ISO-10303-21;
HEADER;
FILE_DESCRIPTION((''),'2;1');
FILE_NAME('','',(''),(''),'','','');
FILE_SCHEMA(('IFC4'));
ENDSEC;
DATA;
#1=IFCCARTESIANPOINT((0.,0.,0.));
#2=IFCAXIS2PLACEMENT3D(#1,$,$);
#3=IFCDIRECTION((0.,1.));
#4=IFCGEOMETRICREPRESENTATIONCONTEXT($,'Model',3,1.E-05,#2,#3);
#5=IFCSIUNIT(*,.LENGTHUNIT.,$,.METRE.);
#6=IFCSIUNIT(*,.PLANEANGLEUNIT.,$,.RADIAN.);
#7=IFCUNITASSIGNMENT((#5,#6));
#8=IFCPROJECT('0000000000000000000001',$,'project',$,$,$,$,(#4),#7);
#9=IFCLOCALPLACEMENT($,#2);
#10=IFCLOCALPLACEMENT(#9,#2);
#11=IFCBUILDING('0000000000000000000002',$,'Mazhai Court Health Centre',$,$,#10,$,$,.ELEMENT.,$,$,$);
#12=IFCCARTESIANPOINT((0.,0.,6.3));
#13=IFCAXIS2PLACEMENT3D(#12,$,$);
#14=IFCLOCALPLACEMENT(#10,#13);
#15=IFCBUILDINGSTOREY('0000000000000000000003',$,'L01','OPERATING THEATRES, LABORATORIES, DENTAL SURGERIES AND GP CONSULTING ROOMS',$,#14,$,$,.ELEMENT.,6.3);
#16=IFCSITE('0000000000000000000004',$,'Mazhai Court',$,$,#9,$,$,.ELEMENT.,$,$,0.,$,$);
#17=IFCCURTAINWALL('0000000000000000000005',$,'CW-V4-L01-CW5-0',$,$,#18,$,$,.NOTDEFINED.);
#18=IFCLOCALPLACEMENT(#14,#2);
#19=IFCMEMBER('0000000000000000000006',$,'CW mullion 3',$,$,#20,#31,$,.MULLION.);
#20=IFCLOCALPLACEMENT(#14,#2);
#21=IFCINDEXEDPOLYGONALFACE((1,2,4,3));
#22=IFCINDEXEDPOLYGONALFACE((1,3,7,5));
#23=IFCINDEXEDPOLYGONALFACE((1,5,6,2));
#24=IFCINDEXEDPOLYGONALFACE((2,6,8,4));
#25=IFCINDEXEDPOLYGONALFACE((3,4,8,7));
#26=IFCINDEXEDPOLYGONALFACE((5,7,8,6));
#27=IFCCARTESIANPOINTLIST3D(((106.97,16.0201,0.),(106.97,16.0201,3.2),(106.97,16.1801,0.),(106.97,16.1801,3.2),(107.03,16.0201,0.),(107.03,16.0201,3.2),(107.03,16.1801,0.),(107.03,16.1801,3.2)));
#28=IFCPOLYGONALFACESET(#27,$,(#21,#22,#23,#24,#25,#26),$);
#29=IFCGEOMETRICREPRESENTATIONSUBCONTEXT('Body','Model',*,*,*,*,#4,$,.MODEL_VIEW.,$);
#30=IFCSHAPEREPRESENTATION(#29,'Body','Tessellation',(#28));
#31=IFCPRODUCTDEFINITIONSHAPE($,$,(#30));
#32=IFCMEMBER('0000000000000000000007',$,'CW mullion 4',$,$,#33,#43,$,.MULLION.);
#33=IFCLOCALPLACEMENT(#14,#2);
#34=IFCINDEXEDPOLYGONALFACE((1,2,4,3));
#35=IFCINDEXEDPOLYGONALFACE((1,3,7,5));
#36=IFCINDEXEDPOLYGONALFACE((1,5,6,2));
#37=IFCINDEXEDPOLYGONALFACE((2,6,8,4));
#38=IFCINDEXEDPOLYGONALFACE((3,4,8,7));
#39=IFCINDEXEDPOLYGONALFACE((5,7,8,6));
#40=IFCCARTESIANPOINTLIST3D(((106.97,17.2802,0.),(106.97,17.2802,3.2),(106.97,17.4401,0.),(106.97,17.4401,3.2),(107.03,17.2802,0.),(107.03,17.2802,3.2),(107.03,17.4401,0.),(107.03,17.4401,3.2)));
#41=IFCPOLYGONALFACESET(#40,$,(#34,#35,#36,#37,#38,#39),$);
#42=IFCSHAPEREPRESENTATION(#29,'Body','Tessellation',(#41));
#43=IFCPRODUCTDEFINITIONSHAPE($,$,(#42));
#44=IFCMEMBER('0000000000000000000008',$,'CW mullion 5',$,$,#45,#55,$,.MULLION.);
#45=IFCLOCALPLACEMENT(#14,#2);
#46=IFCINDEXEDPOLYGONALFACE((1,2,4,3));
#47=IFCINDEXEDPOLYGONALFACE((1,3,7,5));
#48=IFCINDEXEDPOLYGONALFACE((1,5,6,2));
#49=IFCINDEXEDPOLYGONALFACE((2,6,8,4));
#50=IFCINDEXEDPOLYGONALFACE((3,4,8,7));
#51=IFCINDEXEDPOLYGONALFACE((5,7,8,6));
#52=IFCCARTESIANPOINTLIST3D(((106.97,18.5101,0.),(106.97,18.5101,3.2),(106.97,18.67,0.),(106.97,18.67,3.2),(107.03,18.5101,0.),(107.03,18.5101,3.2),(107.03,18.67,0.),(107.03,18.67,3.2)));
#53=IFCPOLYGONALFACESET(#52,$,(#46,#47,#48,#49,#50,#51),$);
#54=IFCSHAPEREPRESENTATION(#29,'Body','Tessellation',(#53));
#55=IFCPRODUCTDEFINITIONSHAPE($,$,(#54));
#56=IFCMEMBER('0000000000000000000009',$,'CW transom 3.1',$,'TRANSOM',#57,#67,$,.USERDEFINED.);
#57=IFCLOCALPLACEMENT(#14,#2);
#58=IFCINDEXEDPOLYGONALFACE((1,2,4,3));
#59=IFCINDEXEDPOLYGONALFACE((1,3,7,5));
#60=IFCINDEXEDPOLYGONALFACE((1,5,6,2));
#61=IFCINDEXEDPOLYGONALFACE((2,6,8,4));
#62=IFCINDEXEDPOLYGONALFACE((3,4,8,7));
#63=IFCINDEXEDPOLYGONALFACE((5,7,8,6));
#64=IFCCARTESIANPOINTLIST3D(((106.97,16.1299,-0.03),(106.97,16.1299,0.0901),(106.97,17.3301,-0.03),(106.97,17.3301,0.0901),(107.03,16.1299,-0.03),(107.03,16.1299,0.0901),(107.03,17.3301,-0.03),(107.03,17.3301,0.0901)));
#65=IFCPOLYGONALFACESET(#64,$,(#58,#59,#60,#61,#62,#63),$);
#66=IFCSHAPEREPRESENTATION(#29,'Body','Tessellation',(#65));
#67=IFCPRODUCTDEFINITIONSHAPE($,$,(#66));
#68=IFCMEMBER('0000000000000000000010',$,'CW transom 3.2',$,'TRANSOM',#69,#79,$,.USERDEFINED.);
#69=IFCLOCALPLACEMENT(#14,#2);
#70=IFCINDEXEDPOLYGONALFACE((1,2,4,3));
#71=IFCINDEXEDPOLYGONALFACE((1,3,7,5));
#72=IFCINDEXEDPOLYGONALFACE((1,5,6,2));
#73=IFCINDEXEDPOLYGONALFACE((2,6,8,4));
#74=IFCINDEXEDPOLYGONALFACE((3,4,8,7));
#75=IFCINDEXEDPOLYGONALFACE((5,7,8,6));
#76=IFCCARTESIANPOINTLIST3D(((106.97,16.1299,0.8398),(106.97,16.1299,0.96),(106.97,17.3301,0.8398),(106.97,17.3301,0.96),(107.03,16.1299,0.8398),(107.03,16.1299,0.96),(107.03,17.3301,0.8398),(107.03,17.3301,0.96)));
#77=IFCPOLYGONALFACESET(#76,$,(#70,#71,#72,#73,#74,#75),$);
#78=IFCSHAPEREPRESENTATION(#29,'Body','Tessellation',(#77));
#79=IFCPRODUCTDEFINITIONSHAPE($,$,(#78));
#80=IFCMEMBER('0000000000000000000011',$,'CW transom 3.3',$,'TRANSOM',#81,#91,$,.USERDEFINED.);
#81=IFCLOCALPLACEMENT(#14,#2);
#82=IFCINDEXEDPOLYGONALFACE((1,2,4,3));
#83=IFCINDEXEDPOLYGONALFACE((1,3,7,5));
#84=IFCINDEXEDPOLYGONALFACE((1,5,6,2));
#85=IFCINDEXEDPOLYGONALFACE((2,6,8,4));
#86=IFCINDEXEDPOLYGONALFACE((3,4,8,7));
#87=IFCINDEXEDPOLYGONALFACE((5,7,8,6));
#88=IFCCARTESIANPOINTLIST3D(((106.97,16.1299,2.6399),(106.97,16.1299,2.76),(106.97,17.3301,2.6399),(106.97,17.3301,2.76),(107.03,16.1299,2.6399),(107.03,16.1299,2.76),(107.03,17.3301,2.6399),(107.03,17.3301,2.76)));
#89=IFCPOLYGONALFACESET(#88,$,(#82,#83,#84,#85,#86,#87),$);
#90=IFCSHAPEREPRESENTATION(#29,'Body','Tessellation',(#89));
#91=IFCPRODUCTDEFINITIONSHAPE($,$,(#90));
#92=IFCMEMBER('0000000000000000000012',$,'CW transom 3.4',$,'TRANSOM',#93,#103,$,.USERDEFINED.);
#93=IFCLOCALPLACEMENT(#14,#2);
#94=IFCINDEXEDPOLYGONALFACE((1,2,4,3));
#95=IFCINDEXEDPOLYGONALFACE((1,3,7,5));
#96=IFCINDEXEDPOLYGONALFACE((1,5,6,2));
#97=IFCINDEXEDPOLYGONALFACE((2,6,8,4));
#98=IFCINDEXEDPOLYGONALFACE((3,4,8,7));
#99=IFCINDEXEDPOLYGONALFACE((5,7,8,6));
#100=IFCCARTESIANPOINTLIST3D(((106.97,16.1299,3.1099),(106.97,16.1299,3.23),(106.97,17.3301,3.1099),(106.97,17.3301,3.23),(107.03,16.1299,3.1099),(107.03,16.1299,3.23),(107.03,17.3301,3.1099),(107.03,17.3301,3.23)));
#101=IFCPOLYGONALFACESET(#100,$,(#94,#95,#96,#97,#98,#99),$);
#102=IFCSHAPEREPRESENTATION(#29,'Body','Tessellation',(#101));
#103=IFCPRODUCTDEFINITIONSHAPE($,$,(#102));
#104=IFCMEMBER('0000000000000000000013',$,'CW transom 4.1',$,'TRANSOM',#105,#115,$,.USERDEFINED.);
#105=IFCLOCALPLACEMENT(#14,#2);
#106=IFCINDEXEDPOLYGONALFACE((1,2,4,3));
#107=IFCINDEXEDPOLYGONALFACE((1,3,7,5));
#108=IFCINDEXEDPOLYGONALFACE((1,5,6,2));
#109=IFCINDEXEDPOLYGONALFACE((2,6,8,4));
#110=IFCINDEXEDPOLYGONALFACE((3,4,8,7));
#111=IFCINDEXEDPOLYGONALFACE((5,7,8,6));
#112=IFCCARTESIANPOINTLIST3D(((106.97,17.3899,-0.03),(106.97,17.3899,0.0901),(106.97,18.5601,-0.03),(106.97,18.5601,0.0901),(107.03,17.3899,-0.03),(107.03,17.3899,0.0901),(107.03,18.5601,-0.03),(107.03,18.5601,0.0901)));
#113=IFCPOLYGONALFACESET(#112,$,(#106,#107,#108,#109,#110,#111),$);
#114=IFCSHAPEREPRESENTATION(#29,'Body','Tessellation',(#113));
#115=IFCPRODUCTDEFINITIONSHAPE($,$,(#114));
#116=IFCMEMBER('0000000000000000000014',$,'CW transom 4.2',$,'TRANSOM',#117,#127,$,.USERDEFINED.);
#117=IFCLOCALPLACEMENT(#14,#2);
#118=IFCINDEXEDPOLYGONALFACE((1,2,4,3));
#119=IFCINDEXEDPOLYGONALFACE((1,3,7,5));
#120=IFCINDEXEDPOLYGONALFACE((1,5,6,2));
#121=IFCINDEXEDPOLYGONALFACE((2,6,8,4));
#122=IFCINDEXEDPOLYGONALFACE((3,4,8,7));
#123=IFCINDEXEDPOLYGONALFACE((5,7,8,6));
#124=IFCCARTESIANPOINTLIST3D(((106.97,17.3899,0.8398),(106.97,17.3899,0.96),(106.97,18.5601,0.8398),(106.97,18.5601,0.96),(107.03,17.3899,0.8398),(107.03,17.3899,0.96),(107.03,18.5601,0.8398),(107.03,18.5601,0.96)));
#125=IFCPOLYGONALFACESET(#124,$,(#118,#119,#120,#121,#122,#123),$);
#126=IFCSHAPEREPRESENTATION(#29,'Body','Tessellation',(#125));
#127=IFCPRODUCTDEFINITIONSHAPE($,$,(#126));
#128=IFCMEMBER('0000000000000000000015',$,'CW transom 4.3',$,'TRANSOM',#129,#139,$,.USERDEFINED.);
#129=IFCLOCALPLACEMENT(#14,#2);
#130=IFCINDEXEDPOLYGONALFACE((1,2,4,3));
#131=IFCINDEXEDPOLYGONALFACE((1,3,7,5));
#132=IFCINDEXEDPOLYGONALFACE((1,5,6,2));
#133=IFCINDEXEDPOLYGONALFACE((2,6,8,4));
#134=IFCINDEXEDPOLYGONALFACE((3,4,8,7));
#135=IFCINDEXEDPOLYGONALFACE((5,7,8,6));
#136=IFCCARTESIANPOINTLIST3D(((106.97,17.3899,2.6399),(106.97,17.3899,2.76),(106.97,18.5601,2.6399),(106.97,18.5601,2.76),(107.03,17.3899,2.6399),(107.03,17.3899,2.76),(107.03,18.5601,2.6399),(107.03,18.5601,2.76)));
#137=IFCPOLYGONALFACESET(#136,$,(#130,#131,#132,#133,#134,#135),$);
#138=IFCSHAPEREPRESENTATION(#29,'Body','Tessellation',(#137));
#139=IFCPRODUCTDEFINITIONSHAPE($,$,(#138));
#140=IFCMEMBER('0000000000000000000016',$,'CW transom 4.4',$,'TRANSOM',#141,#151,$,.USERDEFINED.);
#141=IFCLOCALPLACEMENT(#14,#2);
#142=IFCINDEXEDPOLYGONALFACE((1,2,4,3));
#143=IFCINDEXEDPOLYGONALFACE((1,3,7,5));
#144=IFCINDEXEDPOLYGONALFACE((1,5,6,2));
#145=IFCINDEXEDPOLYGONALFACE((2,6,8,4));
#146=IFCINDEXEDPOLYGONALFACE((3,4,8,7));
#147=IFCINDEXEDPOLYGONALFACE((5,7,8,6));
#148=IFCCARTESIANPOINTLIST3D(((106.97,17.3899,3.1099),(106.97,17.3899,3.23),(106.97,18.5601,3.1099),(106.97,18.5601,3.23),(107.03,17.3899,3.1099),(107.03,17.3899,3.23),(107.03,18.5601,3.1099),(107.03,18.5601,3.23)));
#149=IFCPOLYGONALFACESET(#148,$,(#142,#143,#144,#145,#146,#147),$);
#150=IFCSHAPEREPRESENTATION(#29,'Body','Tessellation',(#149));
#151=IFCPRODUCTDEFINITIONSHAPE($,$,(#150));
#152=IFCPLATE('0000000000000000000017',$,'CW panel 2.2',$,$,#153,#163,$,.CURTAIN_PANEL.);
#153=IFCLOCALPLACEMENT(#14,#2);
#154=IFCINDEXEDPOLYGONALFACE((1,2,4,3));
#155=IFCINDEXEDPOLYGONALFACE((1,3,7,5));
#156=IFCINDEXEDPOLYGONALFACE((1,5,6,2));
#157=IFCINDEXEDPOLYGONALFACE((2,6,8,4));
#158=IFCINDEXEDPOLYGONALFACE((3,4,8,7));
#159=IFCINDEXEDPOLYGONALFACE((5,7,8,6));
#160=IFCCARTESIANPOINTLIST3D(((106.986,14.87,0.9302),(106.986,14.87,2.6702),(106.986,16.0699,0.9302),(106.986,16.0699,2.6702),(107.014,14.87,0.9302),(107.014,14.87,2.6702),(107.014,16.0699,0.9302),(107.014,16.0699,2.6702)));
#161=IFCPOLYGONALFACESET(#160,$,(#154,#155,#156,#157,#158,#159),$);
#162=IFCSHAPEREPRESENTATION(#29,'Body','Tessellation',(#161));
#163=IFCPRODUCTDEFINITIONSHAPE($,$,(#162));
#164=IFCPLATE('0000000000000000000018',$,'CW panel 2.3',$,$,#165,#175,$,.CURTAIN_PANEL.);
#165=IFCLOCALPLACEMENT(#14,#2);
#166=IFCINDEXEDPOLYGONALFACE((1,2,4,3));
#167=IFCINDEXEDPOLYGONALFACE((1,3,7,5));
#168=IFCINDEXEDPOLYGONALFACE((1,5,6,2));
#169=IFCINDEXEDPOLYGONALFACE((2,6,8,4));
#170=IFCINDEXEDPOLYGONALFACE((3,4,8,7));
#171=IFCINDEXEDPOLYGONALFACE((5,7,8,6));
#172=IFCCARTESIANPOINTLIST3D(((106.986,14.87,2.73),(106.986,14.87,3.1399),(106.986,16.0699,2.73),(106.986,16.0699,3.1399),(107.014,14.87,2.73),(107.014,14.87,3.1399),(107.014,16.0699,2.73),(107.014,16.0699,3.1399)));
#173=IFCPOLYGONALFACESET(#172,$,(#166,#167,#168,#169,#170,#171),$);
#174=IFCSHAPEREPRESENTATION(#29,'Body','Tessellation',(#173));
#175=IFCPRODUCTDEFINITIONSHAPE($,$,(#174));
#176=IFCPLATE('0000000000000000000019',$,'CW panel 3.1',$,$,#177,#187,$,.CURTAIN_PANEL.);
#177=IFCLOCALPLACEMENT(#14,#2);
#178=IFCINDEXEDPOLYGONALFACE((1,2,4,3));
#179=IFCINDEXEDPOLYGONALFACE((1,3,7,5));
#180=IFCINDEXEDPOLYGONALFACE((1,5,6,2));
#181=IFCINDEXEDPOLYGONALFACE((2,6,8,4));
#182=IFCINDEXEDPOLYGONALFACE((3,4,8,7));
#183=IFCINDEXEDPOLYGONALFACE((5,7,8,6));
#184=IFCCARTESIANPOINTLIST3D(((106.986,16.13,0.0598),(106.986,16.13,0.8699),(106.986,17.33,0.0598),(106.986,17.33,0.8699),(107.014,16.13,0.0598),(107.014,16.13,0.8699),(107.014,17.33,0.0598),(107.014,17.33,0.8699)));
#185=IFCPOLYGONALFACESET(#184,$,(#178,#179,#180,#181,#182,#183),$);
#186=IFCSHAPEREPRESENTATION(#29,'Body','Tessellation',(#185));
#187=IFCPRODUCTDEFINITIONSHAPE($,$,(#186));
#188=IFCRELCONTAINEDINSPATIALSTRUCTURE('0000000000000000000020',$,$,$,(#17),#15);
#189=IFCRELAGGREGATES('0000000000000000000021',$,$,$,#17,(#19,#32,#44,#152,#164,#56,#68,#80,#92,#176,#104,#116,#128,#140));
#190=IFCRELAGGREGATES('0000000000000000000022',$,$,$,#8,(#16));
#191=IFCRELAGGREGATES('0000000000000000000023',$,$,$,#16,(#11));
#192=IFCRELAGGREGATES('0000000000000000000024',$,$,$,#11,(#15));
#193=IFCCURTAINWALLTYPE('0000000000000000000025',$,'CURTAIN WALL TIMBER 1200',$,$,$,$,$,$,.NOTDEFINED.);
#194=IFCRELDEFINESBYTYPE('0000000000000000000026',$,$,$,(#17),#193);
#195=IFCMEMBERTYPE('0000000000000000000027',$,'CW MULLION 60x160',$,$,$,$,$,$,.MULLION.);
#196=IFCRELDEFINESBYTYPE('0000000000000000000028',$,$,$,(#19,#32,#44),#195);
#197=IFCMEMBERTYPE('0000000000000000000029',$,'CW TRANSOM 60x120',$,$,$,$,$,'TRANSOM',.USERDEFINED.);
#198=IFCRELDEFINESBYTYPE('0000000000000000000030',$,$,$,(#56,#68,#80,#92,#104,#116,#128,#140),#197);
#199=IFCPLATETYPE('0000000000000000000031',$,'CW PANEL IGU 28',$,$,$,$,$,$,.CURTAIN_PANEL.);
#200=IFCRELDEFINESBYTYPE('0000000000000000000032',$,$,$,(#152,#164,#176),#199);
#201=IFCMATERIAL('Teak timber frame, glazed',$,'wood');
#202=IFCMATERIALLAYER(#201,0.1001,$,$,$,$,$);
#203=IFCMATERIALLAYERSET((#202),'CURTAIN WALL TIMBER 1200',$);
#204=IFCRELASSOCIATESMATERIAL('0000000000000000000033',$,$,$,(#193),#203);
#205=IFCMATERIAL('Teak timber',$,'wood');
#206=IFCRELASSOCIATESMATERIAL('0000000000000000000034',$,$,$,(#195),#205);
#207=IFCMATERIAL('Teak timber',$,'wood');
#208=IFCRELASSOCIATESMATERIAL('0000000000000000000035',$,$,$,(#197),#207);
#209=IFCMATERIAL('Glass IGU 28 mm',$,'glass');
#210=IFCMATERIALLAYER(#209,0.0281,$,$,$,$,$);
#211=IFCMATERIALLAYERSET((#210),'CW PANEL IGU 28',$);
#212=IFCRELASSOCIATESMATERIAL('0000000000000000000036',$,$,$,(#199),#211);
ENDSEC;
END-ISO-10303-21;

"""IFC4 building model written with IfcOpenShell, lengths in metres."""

from ifc_helpers import new_model, si_unit, direction, frame, origin, origin_2d, place, context, subcontext, project, spatial, rectangle, extrude, material, layer, layer_set, material_profile, profile_set, type_object, element, aggregate, save


model = new_model("IFC4")

# Units and contexts
model_context = context("Model", 3, precision=1e-05, world=origin(), true_north=direction((0.0, 1.0)))
body_context = subcontext(model_context, "Body", "Model", "MODEL_VIEW")
ifc_project = project(units=[si_unit("LENGTHUNIT", "METRE"), si_unit("PLANEANGLEUNIT", "RADIAN")], contexts=[model_context])

# Site, building, storey
site_placement = place(None, origin())
site = spatial("IfcSite", under=ifc_project, at=site_placement, Name="Mazhai Court", CompositionType="ELEMENT", RefElevation=0.0)
building_placement = place(site_placement, origin())
building = spatial("IfcBuilding", under=site, at=building_placement, Name="Mazhai Court Health Centre", CompositionType="ELEMENT")
storey_placement = place(building_placement, frame((0.0, 0.0, 6.3)))
storey = spatial("IfcBuildingStorey", under=building, at=storey_placement, Name="L01", Description="OPERATING THEATRES, LABORATORIES, DENTAL SURGERIES AND GP CONSULTING ROOMS", CompositionType="ELEMENT", Elevation=6.3)

# Curtain wall, members, plates
ifc_material_1 = material(Name="Teak timber frame, glazed", Category="wood")
ifc_layer_1 = layer(ifc_material_1, 0.1001)
ifc_layer_set_1 = layer_set([ifc_layer_1], Name="CURTAIN WALL TIMBER 1200")
curtain_wall_type = type_object("IfcCurtainWallType", Name="CURTAIN WALL TIMBER 1200", PredefinedType="NOTDEFINED", material=ifc_layer_set_1)
curtain_wall_placement = place(storey_placement, origin())
curtain_wall = element("IfcCurtainWall", 1, at=curtain_wall_placement, inside=storey, type_object=curtain_wall_type, Name="CW-V4-L01-CW5-0", PredefinedType="NOTDEFINED")
ifc_material_2 = material(Name="Teak timber", Category="wood")
ifc_material_profile_1 = material_profile(ifc_material_2, rectangle(XDim=0.0601, YDim=0.1599, at=origin_2d()), Name="CW MULLION 60x160")
ifc_profile_set_1 = profile_set([ifc_material_profile_1], Name="Teak timber")
member_type_1 = type_object("IfcMemberType", Name="CW MULLION 60x160", PredefinedType="MULLION", material=ifc_profile_set_1)
member_1_placement = place(storey_placement, frame((107.0, 16.1001, 0.0), z_axis=(0.0, 0.0, 1.0), x_axis=(-1.0, 0.0, 0.0)))
member_1 = element("IfcMember", 2, at=member_1_placement, type_object=member_type_1, Name="CW mullion 3", PredefinedType="MULLION", context=body_context, shape_type="SweptSolid", body=[
    extrude(rectangle(XDim=0.0601, YDim=0.1599, at=origin_2d()), origin(), (0.0, 0.0, 1.0), 3.2),
])
member_2_placement = place(storey_placement, frame((107.0, 17.3601, 0.0), z_axis=(0.0, 0.0, 1.0), x_axis=(-1.0, 0.0, 0.0)))
member_2 = element("IfcMember", 3, at=member_2_placement, type_object=member_type_1, Name="CW mullion 4", PredefinedType="MULLION", context=body_context, shape_type="SweptSolid", body=[
    extrude(rectangle(XDim=0.0601, YDim=0.1599, at=origin_2d()), origin(), (0.0, 0.0, 1.0), 3.2),
])
member_3_placement = place(storey_placement, frame((107.0, 18.5901, 0.0), z_axis=(0.0, 0.0, 1.0), x_axis=(-1.0, 0.0, 0.0)))
member_3 = element("IfcMember", 4, at=member_3_placement, type_object=member_type_1, Name="CW mullion 5", PredefinedType="MULLION", context=body_context, shape_type="SweptSolid", body=[
    extrude(rectangle(XDim=0.0601, YDim=0.1599, at=origin_2d()), origin(), (0.0, 0.0, 1.0), 3.2),
])
ifc_material_3 = material(Name="Teak timber", Category="wood")
ifc_material_profile_2 = material_profile(ifc_material_3, rectangle(XDim=0.0601, YDim=0.1201, at=origin_2d()), Name="CW TRANSOM 60x120")
ifc_profile_set_2 = profile_set([ifc_material_profile_2], Name="Teak timber")
member_type_2 = type_object("IfcMemberType", Name="CW TRANSOM 60x120", ElementType="TRANSOM", PredefinedType="USERDEFINED", material=ifc_profile_set_2)
member_4_placement = place(storey_placement, frame((107.0, 16.1299, 0.03), z_axis=(0.0, 1.0, 0.0), x_axis=(-1.0, 0.0, 0.0)))
member_4 = element("IfcMember", 5, at=member_4_placement, type_object=member_type_2, Name="CW transom 3.1", ObjectType="TRANSOM", PredefinedType="USERDEFINED", context=body_context, shape_type="SweptSolid", body=[
    extrude(rectangle(XDim=0.0601, YDim=0.1201, at=origin_2d()), origin(), (0.0, 0.0, 1.0), 1.2002),
])
member_5_placement = place(storey_placement, frame((107.0, 16.1299, 0.8999), z_axis=(0.0, 1.0, 0.0), x_axis=(-1.0, 0.0, 0.0)))
member_5 = element("IfcMember", 6, at=member_5_placement, type_object=member_type_2, Name="CW transom 3.2", ObjectType="TRANSOM", PredefinedType="USERDEFINED", context=body_context, shape_type="SweptSolid", body=[
    extrude(rectangle(XDim=0.0601, YDim=0.1201, at=origin_2d()), origin(), (0.0, 0.0, 1.0), 1.2002),
])
member_6_placement = place(storey_placement, frame((107.0, 16.1299, 2.7), z_axis=(0.0, 1.0, 0.0), x_axis=(-1.0, 0.0, 0.0)))
member_6 = element("IfcMember", 7, at=member_6_placement, type_object=member_type_2, Name="CW transom 3.3", ObjectType="TRANSOM", PredefinedType="USERDEFINED", context=body_context, shape_type="SweptSolid", body=[
    extrude(rectangle(XDim=0.0601, YDim=0.1201, at=origin_2d()), origin(), (0.0, 0.0, 1.0), 1.2002),
])
member_7_placement = place(storey_placement, frame((107.0, 16.1299, 3.1699), z_axis=(0.0, 1.0, 0.0), x_axis=(-1.0, 0.0, 0.0)))
member_7 = element("IfcMember", 8, at=member_7_placement, type_object=member_type_2, Name="CW transom 3.4", ObjectType="TRANSOM", PredefinedType="USERDEFINED", context=body_context, shape_type="SweptSolid", body=[
    extrude(rectangle(XDim=0.0601, YDim=0.1201, at=origin_2d()), origin(), (0.0, 0.0, 1.0), 1.2002),
])
member_8_placement = place(storey_placement, frame((107.0, 17.3899, 0.03), z_axis=(0.0, 1.0, 0.0), x_axis=(-1.0, 0.0, 0.0)))
member_8 = element("IfcMember", 9, at=member_8_placement, type_object=member_type_2, Name="CW transom 4.1", ObjectType="TRANSOM", PredefinedType="USERDEFINED", context=body_context, shape_type="SweptSolid", body=[
    extrude(rectangle(XDim=0.0601, YDim=0.1201, at=origin_2d()), origin(), (0.0, 0.0, 1.0), 1.1702),
])
member_9_placement = place(storey_placement, frame((107.0, 17.3899, 0.8999), z_axis=(0.0, 1.0, 0.0), x_axis=(-1.0, 0.0, 0.0)))
member_9 = element("IfcMember", 10, at=member_9_placement, type_object=member_type_2, Name="CW transom 4.2", ObjectType="TRANSOM", PredefinedType="USERDEFINED", context=body_context, shape_type="SweptSolid", body=[
    extrude(rectangle(XDim=0.0601, YDim=0.1201, at=origin_2d()), origin(), (0.0, 0.0, 1.0), 1.1702),
])
member_10_placement = place(storey_placement, frame((107.0, 17.3899, 2.7), z_axis=(0.0, 1.0, 0.0), x_axis=(-1.0, 0.0, 0.0)))
member_10 = element("IfcMember", 11, at=member_10_placement, type_object=member_type_2, Name="CW transom 4.3", ObjectType="TRANSOM", PredefinedType="USERDEFINED", context=body_context, shape_type="SweptSolid", body=[
    extrude(rectangle(XDim=0.0601, YDim=0.1201, at=origin_2d()), origin(), (0.0, 0.0, 1.0), 1.1702),
])
member_11_placement = place(storey_placement, frame((107.0, 17.3899, 3.1699), z_axis=(0.0, 1.0, 0.0), x_axis=(-1.0, 0.0, 0.0)))
member_11 = element("IfcMember", 12, at=member_11_placement, type_object=member_type_2, Name="CW transom 4.4", ObjectType="TRANSOM", PredefinedType="USERDEFINED", context=body_context, shape_type="SweptSolid", body=[
    extrude(rectangle(XDim=0.0601, YDim=0.1201, at=origin_2d()), origin(), (0.0, 0.0, 1.0), 1.1702),
])
ifc_material_4 = material(Name="Glass IGU 28 mm", Category="glass")
ifc_layer_2 = layer(ifc_material_4, 0.0281)
ifc_layer_set_2 = layer_set([ifc_layer_2], Name="CW PANEL IGU 28")
plate_type = type_object("IfcPlateType", Name="CW PANEL IGU 28", PredefinedType="CURTAIN_PANEL", material=ifc_layer_set_2)
plate_1_placement = place(storey_placement, frame((107.0, 15.47, 0.9302), z_axis=(0.0, 0.0, 1.0), x_axis=(0.0, 1.0, 0.0)))
plate_1 = element("IfcPlate", 13, at=plate_1_placement, type_object=plate_type, Name="CW panel 2.2", PredefinedType="CURTAIN_PANEL", context=body_context, shape_type="SweptSolid", body=[
    extrude(rectangle(XDim=1.2, YDim=0.0281, at=origin_2d()), origin(), (0.0, 0.0, 1.0), 1.74),
])
plate_2_placement = place(storey_placement, frame((107.0, 15.47, 2.73), z_axis=(0.0, 0.0, 1.0), x_axis=(0.0, 1.0, 0.0)))
plate_2 = element("IfcPlate", 14, at=plate_2_placement, type_object=plate_type, Name="CW panel 2.3", PredefinedType="CURTAIN_PANEL", context=body_context, shape_type="SweptSolid", body=[
    extrude(rectangle(XDim=1.2, YDim=0.0281, at=origin_2d()), origin(), (0.0, 0.0, 1.0), 0.4099),
])
plate_3_placement = place(storey_placement, frame((107.0, 16.73, 0.0598), z_axis=(0.0, 0.0, 1.0), x_axis=(0.0, 1.0, 0.0)))
plate_3 = element("IfcPlate", 15, at=plate_3_placement, type_object=plate_type, Name="CW panel 3.1", PredefinedType="CURTAIN_PANEL", context=body_context, shape_type="SweptSolid", body=[
    extrude(rectangle(XDim=1.2, YDim=0.0281, at=origin_2d()), origin(), (0.0, 0.0, 1.0), 0.8101),
])
aggregate(curtain_wall, [member_1, member_2, member_3, plate_1, plate_2, member_4, member_5, member_6, member_7, plate_3, member_8, member_9, member_10, member_11])

save(model, "model.ifc")
